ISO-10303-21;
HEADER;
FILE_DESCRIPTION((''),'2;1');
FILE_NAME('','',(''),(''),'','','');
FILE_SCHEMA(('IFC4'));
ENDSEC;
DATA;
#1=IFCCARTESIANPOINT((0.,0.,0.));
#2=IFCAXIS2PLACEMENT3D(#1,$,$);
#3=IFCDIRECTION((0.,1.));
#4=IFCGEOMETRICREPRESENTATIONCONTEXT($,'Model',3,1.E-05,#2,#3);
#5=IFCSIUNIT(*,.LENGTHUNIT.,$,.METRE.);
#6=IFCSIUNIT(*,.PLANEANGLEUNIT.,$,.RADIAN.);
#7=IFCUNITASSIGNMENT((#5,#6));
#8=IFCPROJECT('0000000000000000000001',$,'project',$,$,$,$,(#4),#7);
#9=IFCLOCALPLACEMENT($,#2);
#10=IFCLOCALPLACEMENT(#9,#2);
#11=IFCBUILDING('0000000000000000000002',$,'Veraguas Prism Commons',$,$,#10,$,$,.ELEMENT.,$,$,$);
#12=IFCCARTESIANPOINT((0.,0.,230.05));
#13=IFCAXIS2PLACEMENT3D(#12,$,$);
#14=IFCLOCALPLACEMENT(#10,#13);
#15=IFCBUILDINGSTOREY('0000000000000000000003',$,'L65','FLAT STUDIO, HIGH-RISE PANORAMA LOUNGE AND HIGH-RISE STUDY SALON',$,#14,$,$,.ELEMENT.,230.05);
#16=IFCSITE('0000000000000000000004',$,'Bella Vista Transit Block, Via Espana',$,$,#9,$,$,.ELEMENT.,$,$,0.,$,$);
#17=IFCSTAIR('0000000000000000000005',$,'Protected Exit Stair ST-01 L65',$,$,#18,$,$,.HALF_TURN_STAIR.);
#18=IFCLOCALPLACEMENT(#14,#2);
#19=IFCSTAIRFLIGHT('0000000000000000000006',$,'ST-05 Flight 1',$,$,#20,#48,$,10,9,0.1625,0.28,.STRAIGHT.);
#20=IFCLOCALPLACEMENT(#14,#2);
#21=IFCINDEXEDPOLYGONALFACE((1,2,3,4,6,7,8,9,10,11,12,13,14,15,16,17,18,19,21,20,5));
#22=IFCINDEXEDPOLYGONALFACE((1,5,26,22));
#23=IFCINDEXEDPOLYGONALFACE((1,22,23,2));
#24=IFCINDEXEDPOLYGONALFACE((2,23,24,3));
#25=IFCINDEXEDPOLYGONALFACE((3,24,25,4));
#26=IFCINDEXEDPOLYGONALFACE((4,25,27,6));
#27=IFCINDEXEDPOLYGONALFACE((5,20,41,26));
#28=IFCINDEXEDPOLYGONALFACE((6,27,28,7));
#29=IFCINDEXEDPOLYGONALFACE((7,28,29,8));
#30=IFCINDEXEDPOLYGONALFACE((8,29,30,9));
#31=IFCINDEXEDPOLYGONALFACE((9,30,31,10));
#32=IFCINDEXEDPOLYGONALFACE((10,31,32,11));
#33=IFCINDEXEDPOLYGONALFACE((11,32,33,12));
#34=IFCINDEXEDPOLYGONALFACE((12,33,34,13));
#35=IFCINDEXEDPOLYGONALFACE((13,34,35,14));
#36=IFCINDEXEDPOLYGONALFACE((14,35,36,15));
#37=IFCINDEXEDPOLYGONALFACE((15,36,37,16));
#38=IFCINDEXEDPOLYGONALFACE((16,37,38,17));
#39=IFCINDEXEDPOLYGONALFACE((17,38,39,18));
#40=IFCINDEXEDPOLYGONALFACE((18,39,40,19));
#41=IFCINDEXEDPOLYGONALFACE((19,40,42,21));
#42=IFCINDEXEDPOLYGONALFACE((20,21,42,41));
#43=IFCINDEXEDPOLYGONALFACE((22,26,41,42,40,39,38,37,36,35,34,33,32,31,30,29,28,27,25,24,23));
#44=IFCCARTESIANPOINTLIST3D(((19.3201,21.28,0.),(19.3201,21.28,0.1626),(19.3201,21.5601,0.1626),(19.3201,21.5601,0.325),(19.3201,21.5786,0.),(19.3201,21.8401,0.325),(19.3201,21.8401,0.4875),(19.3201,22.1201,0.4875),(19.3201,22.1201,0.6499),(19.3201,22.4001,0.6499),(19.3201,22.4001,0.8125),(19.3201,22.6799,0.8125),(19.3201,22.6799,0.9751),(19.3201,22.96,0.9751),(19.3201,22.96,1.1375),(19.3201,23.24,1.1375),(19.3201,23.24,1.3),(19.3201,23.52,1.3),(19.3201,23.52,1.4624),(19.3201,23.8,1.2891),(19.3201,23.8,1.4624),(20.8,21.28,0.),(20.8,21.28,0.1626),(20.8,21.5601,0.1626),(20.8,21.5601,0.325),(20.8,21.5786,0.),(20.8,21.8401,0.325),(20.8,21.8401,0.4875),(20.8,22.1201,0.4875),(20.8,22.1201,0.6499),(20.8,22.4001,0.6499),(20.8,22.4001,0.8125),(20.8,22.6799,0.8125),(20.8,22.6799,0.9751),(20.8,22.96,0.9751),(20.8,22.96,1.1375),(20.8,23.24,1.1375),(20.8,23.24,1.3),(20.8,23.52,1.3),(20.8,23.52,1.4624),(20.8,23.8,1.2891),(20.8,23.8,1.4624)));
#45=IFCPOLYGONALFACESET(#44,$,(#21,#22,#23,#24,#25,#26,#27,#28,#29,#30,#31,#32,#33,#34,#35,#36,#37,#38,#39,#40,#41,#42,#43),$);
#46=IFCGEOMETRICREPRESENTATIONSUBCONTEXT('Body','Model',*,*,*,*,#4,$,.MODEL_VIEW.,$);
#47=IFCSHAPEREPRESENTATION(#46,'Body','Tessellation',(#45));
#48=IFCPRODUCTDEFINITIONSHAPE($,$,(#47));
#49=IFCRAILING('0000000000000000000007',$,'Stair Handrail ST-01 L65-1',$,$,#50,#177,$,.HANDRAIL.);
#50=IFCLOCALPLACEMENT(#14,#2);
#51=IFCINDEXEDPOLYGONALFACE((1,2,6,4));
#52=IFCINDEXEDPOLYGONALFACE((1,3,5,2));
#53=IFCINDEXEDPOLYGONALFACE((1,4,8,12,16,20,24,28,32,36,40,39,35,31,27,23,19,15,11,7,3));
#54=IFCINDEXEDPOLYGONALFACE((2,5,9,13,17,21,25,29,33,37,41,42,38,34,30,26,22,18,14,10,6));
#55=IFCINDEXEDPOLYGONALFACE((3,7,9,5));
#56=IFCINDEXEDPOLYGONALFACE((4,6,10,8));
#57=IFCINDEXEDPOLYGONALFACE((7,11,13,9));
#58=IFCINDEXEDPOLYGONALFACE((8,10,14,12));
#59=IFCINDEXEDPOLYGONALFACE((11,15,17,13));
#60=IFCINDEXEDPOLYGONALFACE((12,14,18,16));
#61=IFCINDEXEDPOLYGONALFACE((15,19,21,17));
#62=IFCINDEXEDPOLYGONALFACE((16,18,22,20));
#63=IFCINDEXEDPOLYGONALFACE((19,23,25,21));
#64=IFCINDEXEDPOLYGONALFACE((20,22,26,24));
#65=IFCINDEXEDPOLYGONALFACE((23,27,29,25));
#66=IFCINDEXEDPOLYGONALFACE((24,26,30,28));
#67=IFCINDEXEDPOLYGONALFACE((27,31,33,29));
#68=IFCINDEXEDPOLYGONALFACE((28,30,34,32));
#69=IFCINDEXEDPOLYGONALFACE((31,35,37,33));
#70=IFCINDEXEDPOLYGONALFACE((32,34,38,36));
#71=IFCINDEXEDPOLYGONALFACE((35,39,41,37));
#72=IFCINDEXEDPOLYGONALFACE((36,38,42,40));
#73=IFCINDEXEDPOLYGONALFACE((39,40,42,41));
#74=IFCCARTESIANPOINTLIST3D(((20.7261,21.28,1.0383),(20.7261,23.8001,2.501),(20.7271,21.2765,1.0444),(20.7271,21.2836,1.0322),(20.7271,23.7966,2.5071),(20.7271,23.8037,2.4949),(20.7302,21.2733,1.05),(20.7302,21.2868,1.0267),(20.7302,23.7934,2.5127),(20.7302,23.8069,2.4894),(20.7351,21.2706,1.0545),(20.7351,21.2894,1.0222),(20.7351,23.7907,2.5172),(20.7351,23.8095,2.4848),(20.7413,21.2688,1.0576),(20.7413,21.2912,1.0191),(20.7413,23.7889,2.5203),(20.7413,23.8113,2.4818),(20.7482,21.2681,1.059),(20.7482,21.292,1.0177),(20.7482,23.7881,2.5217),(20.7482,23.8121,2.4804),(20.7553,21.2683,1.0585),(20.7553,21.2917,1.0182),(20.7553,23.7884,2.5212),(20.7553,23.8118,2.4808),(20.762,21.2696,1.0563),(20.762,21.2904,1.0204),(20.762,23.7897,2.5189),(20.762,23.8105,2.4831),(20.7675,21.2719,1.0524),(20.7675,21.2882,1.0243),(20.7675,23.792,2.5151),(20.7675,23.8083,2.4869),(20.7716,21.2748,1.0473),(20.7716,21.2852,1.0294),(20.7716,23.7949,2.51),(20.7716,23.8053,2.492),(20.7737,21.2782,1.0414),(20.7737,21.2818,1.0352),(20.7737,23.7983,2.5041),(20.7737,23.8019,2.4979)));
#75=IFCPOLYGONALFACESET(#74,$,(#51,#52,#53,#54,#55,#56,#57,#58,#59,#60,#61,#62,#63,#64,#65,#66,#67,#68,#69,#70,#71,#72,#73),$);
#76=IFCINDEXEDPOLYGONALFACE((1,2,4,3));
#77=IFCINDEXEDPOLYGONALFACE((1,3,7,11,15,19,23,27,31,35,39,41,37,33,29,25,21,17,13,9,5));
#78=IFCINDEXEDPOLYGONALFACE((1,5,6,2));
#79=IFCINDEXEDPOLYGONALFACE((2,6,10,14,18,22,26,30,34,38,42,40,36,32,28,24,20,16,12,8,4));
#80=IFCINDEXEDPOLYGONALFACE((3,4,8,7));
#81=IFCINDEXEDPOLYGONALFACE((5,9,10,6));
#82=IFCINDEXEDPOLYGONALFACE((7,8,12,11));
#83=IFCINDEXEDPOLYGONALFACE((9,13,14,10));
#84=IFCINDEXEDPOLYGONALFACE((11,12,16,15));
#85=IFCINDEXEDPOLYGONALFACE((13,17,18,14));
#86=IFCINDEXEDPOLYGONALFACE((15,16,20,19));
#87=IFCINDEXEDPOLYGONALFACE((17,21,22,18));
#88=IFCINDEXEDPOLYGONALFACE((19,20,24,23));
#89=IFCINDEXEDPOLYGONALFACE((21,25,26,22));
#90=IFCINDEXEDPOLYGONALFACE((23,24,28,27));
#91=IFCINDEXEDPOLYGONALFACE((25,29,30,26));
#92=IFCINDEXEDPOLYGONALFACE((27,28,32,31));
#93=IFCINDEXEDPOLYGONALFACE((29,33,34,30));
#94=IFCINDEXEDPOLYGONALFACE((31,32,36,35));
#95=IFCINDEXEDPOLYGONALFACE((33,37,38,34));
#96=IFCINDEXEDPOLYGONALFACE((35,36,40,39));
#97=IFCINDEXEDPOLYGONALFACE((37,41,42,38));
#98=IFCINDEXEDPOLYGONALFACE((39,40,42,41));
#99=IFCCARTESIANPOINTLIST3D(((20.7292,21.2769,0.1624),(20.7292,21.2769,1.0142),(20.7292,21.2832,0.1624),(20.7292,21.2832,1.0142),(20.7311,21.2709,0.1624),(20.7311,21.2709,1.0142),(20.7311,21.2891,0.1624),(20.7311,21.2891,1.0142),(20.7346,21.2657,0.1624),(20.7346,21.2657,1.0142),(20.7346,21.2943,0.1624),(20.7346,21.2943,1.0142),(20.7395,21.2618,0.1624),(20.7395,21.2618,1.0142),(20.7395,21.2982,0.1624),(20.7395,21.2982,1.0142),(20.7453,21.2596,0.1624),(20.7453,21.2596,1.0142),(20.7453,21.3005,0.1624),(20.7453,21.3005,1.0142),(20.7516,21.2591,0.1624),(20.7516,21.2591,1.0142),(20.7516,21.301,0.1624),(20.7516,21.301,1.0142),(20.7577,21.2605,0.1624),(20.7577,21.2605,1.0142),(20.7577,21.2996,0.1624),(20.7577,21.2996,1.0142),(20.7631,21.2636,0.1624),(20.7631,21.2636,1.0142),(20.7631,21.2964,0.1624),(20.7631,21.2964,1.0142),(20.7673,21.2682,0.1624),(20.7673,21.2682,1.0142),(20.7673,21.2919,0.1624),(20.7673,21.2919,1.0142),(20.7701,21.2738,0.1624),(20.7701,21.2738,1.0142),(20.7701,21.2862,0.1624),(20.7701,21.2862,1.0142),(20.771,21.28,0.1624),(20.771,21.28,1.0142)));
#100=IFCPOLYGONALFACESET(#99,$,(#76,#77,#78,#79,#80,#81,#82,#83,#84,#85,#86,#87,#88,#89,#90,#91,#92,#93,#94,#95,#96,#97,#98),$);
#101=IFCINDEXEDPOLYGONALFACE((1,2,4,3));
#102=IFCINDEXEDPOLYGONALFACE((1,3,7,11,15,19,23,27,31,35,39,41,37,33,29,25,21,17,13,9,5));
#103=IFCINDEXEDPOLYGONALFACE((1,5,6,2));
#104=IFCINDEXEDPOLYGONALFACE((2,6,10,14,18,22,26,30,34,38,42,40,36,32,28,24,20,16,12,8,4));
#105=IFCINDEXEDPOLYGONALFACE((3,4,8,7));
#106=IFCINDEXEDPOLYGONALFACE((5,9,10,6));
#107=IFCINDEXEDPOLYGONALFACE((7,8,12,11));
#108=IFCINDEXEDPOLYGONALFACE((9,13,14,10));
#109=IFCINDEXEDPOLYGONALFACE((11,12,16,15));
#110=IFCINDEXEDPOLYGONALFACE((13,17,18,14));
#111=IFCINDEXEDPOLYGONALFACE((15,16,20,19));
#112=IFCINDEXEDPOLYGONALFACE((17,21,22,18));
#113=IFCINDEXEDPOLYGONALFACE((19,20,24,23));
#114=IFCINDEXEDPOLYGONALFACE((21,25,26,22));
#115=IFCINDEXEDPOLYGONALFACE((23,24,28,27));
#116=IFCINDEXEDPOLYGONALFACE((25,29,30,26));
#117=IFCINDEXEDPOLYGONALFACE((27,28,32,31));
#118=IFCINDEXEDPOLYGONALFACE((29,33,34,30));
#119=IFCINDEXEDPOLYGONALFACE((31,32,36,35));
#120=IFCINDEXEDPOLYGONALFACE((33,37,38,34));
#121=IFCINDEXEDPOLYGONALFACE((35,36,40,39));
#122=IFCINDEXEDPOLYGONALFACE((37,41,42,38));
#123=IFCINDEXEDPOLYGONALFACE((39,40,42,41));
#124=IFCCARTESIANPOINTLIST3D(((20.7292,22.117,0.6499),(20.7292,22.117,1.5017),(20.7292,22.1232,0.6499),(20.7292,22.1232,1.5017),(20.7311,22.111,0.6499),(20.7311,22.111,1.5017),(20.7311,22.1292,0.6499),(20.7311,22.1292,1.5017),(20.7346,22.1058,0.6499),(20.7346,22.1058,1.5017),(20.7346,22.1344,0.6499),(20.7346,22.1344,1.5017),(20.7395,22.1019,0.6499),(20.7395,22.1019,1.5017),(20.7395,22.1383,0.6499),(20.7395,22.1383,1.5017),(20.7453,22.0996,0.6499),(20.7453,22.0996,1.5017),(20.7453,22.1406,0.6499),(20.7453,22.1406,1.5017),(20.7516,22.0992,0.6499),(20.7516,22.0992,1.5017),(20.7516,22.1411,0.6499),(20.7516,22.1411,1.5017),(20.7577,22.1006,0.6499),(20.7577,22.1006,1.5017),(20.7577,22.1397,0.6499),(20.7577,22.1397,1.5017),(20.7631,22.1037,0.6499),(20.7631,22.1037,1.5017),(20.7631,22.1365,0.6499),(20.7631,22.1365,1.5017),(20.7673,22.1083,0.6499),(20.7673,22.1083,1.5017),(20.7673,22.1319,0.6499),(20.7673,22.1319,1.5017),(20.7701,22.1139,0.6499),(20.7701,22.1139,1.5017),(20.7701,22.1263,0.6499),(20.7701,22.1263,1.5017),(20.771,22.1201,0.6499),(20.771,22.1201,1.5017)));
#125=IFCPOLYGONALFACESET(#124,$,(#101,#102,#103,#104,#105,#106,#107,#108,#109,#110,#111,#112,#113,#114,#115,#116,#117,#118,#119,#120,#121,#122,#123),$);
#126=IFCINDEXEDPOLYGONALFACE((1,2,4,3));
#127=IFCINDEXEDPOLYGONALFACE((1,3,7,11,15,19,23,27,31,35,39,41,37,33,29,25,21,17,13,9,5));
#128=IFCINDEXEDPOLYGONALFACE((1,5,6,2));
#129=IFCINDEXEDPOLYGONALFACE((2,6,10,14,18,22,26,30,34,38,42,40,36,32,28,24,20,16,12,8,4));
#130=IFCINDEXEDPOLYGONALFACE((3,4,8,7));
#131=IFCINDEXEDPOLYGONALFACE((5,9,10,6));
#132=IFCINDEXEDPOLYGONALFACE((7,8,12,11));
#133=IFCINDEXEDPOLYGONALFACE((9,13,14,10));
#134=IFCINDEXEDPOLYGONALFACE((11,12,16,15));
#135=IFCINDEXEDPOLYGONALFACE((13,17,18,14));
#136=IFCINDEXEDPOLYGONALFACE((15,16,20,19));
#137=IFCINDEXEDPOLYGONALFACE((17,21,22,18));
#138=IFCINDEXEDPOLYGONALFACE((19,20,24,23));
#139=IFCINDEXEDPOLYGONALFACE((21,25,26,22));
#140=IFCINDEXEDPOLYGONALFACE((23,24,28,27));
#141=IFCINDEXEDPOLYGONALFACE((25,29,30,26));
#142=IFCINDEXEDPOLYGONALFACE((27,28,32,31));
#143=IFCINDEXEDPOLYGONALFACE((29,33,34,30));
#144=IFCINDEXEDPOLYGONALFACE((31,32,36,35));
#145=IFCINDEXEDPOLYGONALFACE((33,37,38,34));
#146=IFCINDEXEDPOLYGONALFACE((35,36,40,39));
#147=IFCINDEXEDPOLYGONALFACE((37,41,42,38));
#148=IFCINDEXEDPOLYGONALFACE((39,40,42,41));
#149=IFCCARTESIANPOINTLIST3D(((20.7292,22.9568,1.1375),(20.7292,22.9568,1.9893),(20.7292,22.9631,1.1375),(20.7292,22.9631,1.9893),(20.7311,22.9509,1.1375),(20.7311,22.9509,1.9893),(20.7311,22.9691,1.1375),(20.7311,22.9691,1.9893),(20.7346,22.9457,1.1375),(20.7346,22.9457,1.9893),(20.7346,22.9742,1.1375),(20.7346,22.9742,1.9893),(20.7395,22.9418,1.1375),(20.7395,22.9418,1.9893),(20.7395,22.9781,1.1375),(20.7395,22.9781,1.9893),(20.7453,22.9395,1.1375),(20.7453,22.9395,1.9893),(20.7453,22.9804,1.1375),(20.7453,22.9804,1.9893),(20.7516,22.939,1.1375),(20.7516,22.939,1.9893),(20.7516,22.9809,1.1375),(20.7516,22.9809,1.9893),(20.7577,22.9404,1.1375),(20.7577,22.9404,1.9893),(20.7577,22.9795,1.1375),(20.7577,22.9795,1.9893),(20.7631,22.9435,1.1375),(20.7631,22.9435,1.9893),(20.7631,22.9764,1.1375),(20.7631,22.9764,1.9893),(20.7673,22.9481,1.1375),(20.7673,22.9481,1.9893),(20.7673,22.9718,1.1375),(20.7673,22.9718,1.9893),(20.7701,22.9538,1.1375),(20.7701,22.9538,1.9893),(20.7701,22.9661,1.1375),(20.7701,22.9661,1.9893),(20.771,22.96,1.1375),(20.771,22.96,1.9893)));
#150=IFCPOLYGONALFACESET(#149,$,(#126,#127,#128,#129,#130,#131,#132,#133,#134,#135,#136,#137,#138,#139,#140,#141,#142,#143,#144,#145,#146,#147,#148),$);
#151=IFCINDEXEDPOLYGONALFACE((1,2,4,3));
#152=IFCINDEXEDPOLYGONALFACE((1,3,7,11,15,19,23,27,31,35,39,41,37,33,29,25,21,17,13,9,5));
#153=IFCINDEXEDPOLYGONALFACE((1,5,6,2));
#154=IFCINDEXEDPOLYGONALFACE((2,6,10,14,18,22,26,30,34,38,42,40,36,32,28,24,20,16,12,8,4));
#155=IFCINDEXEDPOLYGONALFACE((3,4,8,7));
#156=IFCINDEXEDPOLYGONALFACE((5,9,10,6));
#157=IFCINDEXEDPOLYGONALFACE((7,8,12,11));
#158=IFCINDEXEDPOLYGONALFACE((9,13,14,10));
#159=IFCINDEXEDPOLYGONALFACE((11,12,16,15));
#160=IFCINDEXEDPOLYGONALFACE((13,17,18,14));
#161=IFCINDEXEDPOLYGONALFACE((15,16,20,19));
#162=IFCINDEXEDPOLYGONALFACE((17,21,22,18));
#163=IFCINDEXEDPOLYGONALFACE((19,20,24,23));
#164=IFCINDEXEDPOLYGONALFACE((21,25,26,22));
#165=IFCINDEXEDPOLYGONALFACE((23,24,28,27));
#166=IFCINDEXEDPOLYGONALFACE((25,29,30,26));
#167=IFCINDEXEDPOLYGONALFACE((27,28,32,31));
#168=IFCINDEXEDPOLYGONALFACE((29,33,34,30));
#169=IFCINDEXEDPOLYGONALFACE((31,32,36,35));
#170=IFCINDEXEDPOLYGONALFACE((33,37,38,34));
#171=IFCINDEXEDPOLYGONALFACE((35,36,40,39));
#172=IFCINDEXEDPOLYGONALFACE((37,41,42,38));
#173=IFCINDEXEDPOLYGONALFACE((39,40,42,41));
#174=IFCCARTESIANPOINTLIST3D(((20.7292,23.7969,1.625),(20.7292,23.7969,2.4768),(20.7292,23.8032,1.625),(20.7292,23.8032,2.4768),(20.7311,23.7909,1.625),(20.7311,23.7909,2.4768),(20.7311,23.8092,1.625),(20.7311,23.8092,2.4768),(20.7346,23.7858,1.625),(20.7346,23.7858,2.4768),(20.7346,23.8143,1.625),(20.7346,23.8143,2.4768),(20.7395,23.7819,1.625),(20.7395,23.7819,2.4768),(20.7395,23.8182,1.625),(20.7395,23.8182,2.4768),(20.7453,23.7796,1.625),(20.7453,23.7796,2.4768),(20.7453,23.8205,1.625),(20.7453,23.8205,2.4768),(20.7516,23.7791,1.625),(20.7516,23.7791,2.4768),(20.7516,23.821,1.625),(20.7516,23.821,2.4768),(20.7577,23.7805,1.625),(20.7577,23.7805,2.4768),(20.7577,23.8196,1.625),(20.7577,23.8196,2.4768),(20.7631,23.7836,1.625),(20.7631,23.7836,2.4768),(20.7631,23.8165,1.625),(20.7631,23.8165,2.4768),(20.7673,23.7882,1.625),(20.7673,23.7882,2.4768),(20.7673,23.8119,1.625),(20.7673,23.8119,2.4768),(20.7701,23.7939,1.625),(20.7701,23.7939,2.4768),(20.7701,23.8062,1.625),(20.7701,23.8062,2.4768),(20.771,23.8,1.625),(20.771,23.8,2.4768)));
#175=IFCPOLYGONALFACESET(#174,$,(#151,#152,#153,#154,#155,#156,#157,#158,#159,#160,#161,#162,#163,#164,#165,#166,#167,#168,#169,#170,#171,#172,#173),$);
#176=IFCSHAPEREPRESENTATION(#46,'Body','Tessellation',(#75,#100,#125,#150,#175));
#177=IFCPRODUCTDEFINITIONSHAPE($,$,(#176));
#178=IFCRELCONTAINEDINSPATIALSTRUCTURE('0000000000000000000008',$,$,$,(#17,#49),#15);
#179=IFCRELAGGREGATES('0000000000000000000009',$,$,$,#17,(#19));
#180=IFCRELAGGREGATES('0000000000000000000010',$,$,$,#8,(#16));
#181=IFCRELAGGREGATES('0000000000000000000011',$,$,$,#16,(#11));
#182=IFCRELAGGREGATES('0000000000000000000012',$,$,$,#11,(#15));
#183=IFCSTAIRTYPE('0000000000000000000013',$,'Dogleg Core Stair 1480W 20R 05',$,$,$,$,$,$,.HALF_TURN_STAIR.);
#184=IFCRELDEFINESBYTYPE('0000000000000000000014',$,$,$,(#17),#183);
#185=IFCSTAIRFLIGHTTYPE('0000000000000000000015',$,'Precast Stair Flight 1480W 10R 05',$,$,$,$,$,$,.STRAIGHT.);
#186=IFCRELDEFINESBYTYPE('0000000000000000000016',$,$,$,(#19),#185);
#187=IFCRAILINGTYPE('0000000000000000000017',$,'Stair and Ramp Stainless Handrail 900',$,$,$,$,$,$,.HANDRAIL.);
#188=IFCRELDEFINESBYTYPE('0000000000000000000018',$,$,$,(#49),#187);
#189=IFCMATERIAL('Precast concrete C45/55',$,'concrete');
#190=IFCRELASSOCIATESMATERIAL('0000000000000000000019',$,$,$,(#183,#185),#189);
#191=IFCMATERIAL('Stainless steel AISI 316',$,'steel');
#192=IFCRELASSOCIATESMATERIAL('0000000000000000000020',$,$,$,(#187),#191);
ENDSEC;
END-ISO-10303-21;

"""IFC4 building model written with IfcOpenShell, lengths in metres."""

from ifc_helpers import new_model, si_unit, direction, frame, origin, origin_2d, place, context, subcontext, project, spatial, polyline, circle, outline, extrude, material, type_object, element, aggregate, save


model = new_model("IFC4")

# Units and contexts
model_context = context("Model", 3, precision=1e-05, world=origin(), true_north=direction((0.0, 1.0)))
body_context = subcontext(model_context, "Body", "Model", "MODEL_VIEW")
ifc_project = project(units=[si_unit("LENGTHUNIT", "METRE"), si_unit("PLANEANGLEUNIT", "RADIAN")], contexts=[model_context])

# Site, building, storey
site_placement = place(None, origin())
site = spatial("IfcSite", under=ifc_project, at=site_placement, Name="Bella Vista Transit Block, Via Espana", CompositionType="ELEMENT", RefElevation=0.0)
building_placement = place(site_placement, origin())
building = spatial("IfcBuilding", under=site, at=building_placement, Name="Veraguas Prism Commons", CompositionType="ELEMENT")
storey_placement = place(building_placement, frame((0.0, 0.0, 230.05)))
storey = spatial("IfcBuildingStorey", under=building, at=storey_placement, Name="L65", Description="FLAT STUDIO, HIGH-RISE PANORAMA LOUNGE AND HIGH-RISE STUDY SALON", CompositionType="ELEMENT", Elevation=230.05)

# Stair, stair flight
ifc_material_1 = material(Name="Precast concrete C45/55", Category="concrete")
stair_type = type_object("IfcStairType", Name="Dogleg Core Stair 1480W 20R 05", PredefinedType="HALF_TURN_STAIR", material=ifc_material_1)
stair_placement = place(storey_placement, origin())
stair = element("IfcStair", 1, at=stair_placement, inside=storey, type_object=stair_type, Name="Protected Exit Stair ST-01 L65", PredefinedType="HALF_TURN_STAIR")
stair_flight_type = type_object("IfcStairFlightType", Name="Precast Stair Flight 1480W 10R 05", PredefinedType="STRAIGHT", material=ifc_material_1)
stair_flight_placement = place(storey_placement, frame((20.0601, 21.28, 0.0), z_axis=(0.0, 0.0, 1.0), x_axis=(0.0, 1.0, 0.0)))
stair_flight = element("IfcStairFlight", 2, at=stair_flight_placement, type_object=stair_flight_type, Name="ST-05 Flight 1", NumberOfRisers=10, NumberOfTreads=9, PredefinedType="STRAIGHT", RiserHeight=0.1625, TreadLength=0.28, context=body_context, shape_type="SweptSolid", body=[
    extrude(outline(polyline([(0.0, 0.0), (0.0, 0.1626), (0.28, 0.1626), (0.28, 0.325), (0.5601, 0.325), (0.5601, 0.4875), (0.8401, 0.4875), (0.8401, 0.6499), (1.1201, 0.6499), (1.1201, 0.8125), (1.3999, 0.8125), (1.3999, 0.9751), (1.6799, 0.9751), (1.6799, 1.1375), (1.96, 1.1375), (1.96, 1.3), (2.24, 1.3), (2.24, 1.4624), (2.52, 1.4624), (2.52, 1.625), (2.52, 1.2891), (0.2986, 0.0), (0.0, 0.0)])), frame((0.0, 0.74, 0.0), z_axis=(0.0, -1.0, 0.0), x_axis=(1.0, 0.0, 0.0)), (0.0, 0.0, 1.0), 1.48),
])
aggregate(stair, [stair_flight])

# Railing
ifc_material_2 = material(Name="Stainless steel AISI 316", Category="steel")
railing_type_1 = type_object("IfcRailingType", Name="Stair and Ramp Stainless Handrail 900", PredefinedType="HANDRAIL", material=ifc_material_2)
railing_1_placement = place(storey_placement, frame((20.75, 21.28, 0.1624)))
element("IfcRailing", 3, at=railing_1_placement, inside=storey, type_object=railing_type_1, Name="Stair Handrail ST-01 L65-1", PredefinedType="HANDRAIL", context=body_context, shape_type="SweptSolid", body=[
    extrude(circle(Radius=0.0239, at=origin_2d()), frame((0.0, 0.0, 0.876), z_axis=(0.0, 0.864877, 0.501984), x_axis=(-1.0, 0.0, 0.0)), (0.0, 0.0, 1.0), 2.9138),
    extrude(circle(Radius=0.021, at=origin_2d()), origin(), (0.0, 0.0, 1.0), 0.8518),
    extrude(circle(Radius=0.021, at=origin_2d()), frame((0.0, 0.8401, 0.4875)), (0.0, 0.0, 1.0), 0.8518),
    extrude(circle(Radius=0.021, at=origin_2d()), frame((0.0, 1.6799, 0.9751)), (0.0, 0.0, 1.0), 0.8518),
    extrude(circle(Radius=0.021, at=origin_2d()), frame((0.0, 2.52, 1.4626)), (0.0, 0.0, 1.0), 0.8518),
])

save(model, "model.ifc")
